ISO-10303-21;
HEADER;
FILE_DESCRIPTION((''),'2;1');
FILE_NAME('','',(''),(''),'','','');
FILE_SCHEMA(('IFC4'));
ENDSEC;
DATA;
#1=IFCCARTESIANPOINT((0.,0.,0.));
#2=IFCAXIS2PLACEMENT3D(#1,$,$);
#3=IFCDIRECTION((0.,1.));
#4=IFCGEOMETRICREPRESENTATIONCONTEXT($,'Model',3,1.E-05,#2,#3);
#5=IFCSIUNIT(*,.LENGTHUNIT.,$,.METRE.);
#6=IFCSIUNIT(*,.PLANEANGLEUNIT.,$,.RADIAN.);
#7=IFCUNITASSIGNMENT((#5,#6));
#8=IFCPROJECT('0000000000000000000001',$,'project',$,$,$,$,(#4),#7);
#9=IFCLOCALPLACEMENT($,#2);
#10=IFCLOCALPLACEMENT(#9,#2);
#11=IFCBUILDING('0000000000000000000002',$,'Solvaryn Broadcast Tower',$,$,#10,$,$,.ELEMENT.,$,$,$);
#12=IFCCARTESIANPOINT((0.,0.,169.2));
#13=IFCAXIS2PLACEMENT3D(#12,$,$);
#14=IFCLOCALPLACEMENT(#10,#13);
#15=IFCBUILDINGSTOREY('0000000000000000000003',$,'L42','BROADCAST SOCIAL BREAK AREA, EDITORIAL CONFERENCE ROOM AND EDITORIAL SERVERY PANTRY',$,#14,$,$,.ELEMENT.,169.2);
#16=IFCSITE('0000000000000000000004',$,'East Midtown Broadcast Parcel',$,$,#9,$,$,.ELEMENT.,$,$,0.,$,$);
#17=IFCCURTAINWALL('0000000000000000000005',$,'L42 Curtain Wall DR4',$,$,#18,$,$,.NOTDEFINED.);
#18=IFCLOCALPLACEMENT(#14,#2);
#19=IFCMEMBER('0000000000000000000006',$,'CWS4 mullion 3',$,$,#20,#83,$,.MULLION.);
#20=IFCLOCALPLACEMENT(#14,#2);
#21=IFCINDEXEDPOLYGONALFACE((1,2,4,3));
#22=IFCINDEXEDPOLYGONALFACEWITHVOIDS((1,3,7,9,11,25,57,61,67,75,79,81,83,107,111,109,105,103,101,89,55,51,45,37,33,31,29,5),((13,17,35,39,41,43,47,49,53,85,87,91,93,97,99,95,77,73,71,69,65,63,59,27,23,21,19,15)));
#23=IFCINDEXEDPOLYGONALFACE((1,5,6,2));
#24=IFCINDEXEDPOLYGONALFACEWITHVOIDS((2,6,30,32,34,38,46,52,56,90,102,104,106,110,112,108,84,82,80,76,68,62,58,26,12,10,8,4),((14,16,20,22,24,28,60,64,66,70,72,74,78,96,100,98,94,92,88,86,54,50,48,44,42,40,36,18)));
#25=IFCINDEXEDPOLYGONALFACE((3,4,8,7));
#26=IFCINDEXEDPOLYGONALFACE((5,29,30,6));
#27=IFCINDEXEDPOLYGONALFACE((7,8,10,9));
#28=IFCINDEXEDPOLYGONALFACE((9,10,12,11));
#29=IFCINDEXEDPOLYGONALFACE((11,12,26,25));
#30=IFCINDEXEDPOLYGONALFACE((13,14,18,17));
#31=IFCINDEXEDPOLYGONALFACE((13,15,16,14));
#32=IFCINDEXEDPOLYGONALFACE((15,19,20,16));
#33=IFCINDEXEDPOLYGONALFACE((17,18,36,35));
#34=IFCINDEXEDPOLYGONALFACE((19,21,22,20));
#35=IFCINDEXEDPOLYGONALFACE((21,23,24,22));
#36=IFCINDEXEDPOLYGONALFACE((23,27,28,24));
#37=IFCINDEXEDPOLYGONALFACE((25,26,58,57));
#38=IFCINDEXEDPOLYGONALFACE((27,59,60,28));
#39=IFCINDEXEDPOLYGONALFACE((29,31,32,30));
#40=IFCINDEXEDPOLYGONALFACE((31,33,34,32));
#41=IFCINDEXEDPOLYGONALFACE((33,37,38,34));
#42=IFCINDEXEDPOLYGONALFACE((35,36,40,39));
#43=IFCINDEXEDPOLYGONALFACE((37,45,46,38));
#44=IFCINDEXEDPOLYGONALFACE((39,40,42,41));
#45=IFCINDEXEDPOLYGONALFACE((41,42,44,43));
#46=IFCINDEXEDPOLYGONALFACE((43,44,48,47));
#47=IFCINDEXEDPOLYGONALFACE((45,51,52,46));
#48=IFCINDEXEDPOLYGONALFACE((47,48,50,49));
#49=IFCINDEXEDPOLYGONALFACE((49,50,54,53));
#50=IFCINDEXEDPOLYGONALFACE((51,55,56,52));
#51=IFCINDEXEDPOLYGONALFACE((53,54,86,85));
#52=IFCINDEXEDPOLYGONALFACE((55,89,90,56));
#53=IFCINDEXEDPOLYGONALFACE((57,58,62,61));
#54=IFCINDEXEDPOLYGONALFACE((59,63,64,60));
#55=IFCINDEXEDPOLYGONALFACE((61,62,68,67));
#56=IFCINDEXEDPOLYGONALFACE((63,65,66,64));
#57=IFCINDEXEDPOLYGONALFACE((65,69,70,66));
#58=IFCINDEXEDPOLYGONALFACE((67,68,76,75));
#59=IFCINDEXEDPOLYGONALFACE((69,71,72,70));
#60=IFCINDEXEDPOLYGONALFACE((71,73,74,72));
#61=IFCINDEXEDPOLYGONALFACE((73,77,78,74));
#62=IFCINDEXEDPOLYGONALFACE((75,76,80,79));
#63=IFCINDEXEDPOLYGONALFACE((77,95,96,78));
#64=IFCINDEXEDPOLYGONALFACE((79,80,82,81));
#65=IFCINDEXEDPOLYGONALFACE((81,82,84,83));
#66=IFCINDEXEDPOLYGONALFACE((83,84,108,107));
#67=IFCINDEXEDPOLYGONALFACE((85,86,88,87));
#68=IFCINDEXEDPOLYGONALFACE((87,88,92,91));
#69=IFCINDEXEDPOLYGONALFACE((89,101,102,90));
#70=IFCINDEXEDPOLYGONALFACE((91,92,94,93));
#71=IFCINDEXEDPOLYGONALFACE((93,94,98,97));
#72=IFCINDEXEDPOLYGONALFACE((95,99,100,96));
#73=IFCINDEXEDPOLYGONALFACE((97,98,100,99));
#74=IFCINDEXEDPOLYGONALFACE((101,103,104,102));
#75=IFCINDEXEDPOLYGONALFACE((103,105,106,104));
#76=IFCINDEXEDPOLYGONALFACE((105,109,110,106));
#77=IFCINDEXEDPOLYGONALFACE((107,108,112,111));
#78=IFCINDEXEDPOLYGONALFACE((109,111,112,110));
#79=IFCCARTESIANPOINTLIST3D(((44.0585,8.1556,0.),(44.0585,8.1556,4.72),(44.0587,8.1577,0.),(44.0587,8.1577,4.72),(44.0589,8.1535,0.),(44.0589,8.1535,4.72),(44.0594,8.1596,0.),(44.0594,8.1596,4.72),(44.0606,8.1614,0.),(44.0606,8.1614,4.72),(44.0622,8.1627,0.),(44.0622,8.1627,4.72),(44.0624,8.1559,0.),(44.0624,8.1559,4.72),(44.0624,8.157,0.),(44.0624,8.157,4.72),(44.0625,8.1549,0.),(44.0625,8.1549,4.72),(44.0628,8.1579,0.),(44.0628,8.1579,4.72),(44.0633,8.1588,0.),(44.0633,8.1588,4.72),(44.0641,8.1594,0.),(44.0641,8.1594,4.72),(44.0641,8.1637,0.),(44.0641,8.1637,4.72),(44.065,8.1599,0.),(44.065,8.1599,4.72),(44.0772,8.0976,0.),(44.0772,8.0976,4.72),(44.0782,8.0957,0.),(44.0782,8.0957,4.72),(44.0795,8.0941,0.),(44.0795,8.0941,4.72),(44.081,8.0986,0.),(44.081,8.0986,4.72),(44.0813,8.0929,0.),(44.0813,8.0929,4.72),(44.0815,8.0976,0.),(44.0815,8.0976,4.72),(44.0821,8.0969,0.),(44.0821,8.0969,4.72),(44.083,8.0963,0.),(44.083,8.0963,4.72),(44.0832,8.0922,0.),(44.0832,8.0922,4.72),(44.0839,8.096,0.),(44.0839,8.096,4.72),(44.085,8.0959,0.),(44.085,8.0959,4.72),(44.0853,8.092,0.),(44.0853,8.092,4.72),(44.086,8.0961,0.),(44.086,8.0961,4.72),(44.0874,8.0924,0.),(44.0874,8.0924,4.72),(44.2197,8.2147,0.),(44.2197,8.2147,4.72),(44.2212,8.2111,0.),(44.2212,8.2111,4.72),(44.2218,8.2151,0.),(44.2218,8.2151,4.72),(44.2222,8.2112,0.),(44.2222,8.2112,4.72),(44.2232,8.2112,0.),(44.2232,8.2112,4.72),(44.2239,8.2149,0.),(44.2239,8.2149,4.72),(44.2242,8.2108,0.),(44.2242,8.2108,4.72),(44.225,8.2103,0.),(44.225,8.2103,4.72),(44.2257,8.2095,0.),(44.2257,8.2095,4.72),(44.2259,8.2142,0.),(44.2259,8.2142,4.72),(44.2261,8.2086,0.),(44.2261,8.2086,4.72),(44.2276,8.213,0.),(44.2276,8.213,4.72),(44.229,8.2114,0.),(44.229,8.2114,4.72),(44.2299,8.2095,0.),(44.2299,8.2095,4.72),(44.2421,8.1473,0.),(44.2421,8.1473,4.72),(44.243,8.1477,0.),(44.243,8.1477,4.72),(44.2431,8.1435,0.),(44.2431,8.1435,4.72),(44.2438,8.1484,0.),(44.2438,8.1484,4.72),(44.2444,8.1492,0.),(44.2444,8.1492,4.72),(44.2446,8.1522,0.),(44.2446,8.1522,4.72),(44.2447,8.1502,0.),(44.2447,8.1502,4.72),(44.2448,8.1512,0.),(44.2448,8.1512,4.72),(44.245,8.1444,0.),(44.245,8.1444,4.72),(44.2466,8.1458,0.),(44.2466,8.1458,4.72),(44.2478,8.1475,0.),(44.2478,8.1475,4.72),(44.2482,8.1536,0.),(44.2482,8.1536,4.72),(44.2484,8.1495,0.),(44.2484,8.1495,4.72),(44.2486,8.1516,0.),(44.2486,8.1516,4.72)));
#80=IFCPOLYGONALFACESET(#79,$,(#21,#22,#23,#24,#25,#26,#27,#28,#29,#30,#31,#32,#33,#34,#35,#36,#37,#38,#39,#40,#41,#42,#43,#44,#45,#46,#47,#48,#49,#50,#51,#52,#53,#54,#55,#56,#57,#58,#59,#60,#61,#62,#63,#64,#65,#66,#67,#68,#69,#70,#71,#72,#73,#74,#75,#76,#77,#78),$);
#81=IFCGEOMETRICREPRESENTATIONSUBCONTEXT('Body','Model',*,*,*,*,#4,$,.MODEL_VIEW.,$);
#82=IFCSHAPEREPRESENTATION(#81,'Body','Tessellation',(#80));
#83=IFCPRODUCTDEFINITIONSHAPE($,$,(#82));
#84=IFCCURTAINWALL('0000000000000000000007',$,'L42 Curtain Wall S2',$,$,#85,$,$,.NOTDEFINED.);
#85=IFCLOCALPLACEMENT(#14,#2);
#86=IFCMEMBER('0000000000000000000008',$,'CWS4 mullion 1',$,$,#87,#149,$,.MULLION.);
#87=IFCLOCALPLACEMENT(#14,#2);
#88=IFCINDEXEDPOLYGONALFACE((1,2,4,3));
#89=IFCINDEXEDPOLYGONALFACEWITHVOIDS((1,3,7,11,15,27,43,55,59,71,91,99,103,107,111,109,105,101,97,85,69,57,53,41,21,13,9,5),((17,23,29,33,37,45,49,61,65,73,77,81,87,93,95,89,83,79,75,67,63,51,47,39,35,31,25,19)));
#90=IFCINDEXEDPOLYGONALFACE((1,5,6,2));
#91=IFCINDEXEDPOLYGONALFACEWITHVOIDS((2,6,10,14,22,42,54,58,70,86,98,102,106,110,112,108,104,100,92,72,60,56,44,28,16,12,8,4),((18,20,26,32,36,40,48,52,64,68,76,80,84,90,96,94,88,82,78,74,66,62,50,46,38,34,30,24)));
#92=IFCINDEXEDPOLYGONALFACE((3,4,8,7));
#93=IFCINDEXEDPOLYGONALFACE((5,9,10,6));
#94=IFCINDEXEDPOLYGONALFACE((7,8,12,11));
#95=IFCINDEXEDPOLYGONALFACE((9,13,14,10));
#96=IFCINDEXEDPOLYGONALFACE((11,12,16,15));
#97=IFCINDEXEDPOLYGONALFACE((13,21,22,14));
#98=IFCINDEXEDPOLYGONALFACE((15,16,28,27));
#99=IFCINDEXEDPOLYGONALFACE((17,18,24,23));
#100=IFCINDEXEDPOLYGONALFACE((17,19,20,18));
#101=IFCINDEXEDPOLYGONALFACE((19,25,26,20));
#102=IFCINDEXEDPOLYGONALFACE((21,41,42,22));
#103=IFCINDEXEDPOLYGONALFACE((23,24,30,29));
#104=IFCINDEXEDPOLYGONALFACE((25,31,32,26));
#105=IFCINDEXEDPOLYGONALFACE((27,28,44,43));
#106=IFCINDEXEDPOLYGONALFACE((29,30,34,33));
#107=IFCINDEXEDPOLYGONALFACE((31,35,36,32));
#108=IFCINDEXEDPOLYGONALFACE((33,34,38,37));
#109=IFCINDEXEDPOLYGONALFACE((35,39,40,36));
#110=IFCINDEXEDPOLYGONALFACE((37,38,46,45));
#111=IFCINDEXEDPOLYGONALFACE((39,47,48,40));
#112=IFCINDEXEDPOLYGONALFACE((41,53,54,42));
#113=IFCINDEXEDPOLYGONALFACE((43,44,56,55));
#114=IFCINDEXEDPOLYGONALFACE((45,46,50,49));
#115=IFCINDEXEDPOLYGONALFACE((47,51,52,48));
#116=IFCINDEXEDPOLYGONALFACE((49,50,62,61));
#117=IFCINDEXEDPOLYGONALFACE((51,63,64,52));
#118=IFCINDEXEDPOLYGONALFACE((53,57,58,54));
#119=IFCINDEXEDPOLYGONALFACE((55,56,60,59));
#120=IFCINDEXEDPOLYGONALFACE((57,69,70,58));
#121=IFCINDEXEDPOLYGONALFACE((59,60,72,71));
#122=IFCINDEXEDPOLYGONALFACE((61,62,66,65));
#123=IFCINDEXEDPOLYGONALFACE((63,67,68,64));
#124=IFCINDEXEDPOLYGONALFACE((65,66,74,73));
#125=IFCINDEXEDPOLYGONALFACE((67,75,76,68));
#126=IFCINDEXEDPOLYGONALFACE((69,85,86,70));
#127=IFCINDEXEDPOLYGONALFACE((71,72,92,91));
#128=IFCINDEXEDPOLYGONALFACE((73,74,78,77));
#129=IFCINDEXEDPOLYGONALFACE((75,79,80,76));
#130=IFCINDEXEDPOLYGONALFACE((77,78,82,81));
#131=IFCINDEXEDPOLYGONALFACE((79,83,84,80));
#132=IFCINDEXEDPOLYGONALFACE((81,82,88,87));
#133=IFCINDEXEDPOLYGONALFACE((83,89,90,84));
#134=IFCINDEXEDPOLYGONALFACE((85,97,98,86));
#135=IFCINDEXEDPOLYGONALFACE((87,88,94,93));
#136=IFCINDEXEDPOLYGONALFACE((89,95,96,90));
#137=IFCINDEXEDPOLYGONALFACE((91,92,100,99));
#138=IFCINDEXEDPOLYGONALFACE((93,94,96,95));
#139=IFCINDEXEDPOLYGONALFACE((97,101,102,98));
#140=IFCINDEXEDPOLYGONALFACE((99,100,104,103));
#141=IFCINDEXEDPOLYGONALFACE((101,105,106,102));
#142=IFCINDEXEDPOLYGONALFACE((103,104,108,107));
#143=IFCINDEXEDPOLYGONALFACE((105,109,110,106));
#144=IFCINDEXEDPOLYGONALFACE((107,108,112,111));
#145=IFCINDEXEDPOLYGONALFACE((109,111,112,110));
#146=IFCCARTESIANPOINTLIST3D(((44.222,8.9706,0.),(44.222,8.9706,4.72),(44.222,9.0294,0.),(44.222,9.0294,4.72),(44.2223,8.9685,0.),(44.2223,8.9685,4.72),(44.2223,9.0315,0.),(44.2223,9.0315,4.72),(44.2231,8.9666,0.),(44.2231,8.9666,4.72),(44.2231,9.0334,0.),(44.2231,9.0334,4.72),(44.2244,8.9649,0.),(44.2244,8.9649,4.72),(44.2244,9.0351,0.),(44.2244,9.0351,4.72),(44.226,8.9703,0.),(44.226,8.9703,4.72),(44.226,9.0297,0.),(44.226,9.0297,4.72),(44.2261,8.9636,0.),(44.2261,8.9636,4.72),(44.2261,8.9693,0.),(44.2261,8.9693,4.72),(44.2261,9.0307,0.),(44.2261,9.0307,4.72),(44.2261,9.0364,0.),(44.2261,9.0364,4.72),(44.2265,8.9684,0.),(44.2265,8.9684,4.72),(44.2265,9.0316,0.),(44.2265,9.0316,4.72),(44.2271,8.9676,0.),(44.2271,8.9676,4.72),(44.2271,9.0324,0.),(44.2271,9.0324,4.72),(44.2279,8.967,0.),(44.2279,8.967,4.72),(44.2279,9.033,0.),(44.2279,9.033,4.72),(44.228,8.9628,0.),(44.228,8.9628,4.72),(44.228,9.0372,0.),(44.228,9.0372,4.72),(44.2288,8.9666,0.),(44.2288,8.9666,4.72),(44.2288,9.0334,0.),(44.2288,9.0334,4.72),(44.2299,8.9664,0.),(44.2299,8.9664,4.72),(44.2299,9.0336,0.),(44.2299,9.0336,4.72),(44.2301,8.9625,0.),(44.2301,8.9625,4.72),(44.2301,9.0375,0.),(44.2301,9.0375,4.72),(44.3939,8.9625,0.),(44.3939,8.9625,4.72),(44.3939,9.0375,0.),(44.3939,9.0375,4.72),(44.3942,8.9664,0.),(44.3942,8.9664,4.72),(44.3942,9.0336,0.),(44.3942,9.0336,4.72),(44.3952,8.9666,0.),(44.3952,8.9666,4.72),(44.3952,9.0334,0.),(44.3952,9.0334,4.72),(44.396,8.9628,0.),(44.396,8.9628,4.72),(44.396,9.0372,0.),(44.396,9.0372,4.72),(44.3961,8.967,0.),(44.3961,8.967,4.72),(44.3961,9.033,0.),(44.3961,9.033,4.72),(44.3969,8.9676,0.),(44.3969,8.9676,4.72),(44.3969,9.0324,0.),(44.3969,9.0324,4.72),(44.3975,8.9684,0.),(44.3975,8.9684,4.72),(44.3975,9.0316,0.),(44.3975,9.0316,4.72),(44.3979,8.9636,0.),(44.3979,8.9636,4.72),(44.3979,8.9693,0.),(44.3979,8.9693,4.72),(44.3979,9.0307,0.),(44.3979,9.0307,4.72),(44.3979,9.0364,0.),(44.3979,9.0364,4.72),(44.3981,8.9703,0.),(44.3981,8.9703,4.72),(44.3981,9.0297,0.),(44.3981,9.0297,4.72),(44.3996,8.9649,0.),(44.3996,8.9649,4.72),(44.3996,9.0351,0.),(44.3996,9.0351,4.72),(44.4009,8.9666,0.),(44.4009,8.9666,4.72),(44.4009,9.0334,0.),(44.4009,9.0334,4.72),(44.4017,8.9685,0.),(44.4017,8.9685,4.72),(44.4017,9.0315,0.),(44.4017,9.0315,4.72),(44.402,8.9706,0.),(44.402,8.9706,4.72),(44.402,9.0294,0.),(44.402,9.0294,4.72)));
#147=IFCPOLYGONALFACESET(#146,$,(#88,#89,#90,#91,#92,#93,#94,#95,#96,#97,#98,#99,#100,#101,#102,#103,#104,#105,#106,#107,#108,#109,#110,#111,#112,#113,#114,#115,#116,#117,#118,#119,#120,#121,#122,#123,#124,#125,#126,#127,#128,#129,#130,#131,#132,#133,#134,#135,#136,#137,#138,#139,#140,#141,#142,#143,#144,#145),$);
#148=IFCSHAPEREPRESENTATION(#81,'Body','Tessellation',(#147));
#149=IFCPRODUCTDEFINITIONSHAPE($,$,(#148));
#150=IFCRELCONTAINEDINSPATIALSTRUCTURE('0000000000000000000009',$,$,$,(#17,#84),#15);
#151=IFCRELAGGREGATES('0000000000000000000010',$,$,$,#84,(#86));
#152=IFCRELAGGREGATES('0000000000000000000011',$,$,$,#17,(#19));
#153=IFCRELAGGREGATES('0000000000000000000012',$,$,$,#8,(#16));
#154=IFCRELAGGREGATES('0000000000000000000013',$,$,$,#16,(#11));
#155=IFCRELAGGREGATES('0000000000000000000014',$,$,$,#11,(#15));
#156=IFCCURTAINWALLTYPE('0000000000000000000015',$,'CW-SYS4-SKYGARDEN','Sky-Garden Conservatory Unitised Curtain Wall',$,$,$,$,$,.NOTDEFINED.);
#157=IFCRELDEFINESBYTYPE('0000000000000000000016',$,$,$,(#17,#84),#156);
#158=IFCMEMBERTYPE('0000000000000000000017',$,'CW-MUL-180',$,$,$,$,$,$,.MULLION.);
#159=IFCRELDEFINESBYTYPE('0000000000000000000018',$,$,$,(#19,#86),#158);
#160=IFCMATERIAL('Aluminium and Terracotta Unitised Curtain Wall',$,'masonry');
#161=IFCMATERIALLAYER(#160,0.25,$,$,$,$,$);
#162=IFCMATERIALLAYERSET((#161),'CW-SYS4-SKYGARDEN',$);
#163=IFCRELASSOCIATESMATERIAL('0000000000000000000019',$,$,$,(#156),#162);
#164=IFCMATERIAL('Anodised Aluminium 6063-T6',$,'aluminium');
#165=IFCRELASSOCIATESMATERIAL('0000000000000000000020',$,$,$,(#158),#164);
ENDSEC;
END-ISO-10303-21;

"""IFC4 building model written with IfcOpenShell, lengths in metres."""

from ifc_helpers import new_model, si_unit, direction, frame, origin, origin_2d, place, context, subcontext, project, spatial, hollow_rectangle, extrude, material, layer, layer_set, material_profile, profile_set, type_object, element, aggregate, save


model = new_model("IFC4")

# Units and contexts
model_context = context("Model", 3, precision=1e-05, world=origin(), true_north=direction((0.0, 1.0)))
body_context = subcontext(model_context, "Body", "Model", "MODEL_VIEW")
ifc_project = project(units=[si_unit("LENGTHUNIT", "METRE"), si_unit("PLANEANGLEUNIT", "RADIAN")], contexts=[model_context])

# Site, building, storey
site_placement = place(None, origin())
site = spatial("IfcSite", under=ifc_project, at=site_placement, Name="East Midtown Broadcast Parcel", CompositionType="ELEMENT", RefElevation=0.0)
building_placement = place(site_placement, origin())
building = spatial("IfcBuilding", under=site, at=building_placement, Name="Solvaryn Broadcast Tower", CompositionType="ELEMENT")
storey_placement = place(building_placement, frame((0.0, 0.0, 169.2)))
storey = spatial("IfcBuildingStorey", under=building, at=storey_placement, Name="L42", Description="BROADCAST SOCIAL BREAK AREA, EDITORIAL CONFERENCE ROOM AND EDITORIAL SERVERY PANTRY", CompositionType="ELEMENT", Elevation=169.2)

# Curtain wall, member
ifc_material_1 = material(Name="Aluminium and Terracotta Unitised Curtain Wall", Category="masonry")
ifc_layer_1 = layer(ifc_material_1, 0.25)
ifc_layer_set_1 = layer_set([ifc_layer_1], Name="CW-SYS4-SKYGARDEN")
curtain_wall_type = type_object("IfcCurtainWallType", Name="CW-SYS4-SKYGARDEN", Description="Sky-Garden Conservatory Unitised Curtain Wall", PredefinedType="NOTDEFINED", material=ifc_layer_set_1)
curtain_wall_1_placement = place(storey_placement, origin())
curtain_wall_1 = element("IfcCurtainWall", 1, at=curtain_wall_1_placement, inside=storey, type_object=curtain_wall_type, Name="L42 Curtain Wall DR4", PredefinedType="NOTDEFINED")
ifc_material_2 = material(Name="Anodised Aluminium 6063-T6", Category="aluminium")
ifc_material_profile_1 = material_profile(ifc_material_2, hollow_rectangle(XDim=0.075, YDim=0.1799, WallThickness=0.0039, InnerFilletRadius=0.0039, OuterFilletRadius=0.0081, at=origin_2d()))
ifc_profile_set_1 = profile_set([ifc_material_profile_1], Name="Anodised Aluminium 6063-T6")
member_type_1 = type_object("IfcMemberType", Name="CW-MUL-180", PredefinedType="MULLION", material=ifc_profile_set_1)
member_1_placement = place(storey_placement, frame((44.1536, 8.1536, 0.0), z_axis=(0.0, 0.0, 1.0), x_axis=(-0.311559, 0.950227, 0.0)))
member_1 = element("IfcMember", 2, at=member_1_placement, type_object=member_type_1, Name="CWS4 mullion 3", PredefinedType="MULLION", context=body_context, shape_type="SweptSolid", body=[
    extrude(hollow_rectangle(XDim=0.075, YDim=0.1799, WallThickness=0.0039, InnerFilletRadius=0.0039, OuterFilletRadius=0.0081, at=origin_2d()), origin(), (0.0, 0.0, 1.0), 4.72),
])

# Curtain wall, member
curtain_wall_2_placement = place(storey_placement, origin())
curtain_wall_2 = element("IfcCurtainWall", 3, at=curtain_wall_2_placement, inside=storey, type_object=curtain_wall_type, Name="L42 Curtain Wall S2", PredefinedType="NOTDEFINED")
member_2_placement = place(storey_placement, frame((44.312, 9.0, 0.0), z_axis=(0.0, 0.0, 1.0), x_axis=(0.0, 1.0, 0.0)))
member_2 = element("IfcMember", 4, at=member_2_placement, type_object=member_type_1, Name="CWS4 mullion 1", PredefinedType="MULLION", context=body_context, shape_type="SweptSolid", body=[
    extrude(hollow_rectangle(XDim=0.075, YDim=0.1799, WallThickness=0.0039, InnerFilletRadius=0.0039, OuterFilletRadius=0.0081, at=origin_2d()), origin(), (0.0, 0.0, 1.0), 4.72),
])
aggregate(curtain_wall_2, [member_2])

aggregate(curtain_wall_1, [member_1])

save(model, "model.ifc")
